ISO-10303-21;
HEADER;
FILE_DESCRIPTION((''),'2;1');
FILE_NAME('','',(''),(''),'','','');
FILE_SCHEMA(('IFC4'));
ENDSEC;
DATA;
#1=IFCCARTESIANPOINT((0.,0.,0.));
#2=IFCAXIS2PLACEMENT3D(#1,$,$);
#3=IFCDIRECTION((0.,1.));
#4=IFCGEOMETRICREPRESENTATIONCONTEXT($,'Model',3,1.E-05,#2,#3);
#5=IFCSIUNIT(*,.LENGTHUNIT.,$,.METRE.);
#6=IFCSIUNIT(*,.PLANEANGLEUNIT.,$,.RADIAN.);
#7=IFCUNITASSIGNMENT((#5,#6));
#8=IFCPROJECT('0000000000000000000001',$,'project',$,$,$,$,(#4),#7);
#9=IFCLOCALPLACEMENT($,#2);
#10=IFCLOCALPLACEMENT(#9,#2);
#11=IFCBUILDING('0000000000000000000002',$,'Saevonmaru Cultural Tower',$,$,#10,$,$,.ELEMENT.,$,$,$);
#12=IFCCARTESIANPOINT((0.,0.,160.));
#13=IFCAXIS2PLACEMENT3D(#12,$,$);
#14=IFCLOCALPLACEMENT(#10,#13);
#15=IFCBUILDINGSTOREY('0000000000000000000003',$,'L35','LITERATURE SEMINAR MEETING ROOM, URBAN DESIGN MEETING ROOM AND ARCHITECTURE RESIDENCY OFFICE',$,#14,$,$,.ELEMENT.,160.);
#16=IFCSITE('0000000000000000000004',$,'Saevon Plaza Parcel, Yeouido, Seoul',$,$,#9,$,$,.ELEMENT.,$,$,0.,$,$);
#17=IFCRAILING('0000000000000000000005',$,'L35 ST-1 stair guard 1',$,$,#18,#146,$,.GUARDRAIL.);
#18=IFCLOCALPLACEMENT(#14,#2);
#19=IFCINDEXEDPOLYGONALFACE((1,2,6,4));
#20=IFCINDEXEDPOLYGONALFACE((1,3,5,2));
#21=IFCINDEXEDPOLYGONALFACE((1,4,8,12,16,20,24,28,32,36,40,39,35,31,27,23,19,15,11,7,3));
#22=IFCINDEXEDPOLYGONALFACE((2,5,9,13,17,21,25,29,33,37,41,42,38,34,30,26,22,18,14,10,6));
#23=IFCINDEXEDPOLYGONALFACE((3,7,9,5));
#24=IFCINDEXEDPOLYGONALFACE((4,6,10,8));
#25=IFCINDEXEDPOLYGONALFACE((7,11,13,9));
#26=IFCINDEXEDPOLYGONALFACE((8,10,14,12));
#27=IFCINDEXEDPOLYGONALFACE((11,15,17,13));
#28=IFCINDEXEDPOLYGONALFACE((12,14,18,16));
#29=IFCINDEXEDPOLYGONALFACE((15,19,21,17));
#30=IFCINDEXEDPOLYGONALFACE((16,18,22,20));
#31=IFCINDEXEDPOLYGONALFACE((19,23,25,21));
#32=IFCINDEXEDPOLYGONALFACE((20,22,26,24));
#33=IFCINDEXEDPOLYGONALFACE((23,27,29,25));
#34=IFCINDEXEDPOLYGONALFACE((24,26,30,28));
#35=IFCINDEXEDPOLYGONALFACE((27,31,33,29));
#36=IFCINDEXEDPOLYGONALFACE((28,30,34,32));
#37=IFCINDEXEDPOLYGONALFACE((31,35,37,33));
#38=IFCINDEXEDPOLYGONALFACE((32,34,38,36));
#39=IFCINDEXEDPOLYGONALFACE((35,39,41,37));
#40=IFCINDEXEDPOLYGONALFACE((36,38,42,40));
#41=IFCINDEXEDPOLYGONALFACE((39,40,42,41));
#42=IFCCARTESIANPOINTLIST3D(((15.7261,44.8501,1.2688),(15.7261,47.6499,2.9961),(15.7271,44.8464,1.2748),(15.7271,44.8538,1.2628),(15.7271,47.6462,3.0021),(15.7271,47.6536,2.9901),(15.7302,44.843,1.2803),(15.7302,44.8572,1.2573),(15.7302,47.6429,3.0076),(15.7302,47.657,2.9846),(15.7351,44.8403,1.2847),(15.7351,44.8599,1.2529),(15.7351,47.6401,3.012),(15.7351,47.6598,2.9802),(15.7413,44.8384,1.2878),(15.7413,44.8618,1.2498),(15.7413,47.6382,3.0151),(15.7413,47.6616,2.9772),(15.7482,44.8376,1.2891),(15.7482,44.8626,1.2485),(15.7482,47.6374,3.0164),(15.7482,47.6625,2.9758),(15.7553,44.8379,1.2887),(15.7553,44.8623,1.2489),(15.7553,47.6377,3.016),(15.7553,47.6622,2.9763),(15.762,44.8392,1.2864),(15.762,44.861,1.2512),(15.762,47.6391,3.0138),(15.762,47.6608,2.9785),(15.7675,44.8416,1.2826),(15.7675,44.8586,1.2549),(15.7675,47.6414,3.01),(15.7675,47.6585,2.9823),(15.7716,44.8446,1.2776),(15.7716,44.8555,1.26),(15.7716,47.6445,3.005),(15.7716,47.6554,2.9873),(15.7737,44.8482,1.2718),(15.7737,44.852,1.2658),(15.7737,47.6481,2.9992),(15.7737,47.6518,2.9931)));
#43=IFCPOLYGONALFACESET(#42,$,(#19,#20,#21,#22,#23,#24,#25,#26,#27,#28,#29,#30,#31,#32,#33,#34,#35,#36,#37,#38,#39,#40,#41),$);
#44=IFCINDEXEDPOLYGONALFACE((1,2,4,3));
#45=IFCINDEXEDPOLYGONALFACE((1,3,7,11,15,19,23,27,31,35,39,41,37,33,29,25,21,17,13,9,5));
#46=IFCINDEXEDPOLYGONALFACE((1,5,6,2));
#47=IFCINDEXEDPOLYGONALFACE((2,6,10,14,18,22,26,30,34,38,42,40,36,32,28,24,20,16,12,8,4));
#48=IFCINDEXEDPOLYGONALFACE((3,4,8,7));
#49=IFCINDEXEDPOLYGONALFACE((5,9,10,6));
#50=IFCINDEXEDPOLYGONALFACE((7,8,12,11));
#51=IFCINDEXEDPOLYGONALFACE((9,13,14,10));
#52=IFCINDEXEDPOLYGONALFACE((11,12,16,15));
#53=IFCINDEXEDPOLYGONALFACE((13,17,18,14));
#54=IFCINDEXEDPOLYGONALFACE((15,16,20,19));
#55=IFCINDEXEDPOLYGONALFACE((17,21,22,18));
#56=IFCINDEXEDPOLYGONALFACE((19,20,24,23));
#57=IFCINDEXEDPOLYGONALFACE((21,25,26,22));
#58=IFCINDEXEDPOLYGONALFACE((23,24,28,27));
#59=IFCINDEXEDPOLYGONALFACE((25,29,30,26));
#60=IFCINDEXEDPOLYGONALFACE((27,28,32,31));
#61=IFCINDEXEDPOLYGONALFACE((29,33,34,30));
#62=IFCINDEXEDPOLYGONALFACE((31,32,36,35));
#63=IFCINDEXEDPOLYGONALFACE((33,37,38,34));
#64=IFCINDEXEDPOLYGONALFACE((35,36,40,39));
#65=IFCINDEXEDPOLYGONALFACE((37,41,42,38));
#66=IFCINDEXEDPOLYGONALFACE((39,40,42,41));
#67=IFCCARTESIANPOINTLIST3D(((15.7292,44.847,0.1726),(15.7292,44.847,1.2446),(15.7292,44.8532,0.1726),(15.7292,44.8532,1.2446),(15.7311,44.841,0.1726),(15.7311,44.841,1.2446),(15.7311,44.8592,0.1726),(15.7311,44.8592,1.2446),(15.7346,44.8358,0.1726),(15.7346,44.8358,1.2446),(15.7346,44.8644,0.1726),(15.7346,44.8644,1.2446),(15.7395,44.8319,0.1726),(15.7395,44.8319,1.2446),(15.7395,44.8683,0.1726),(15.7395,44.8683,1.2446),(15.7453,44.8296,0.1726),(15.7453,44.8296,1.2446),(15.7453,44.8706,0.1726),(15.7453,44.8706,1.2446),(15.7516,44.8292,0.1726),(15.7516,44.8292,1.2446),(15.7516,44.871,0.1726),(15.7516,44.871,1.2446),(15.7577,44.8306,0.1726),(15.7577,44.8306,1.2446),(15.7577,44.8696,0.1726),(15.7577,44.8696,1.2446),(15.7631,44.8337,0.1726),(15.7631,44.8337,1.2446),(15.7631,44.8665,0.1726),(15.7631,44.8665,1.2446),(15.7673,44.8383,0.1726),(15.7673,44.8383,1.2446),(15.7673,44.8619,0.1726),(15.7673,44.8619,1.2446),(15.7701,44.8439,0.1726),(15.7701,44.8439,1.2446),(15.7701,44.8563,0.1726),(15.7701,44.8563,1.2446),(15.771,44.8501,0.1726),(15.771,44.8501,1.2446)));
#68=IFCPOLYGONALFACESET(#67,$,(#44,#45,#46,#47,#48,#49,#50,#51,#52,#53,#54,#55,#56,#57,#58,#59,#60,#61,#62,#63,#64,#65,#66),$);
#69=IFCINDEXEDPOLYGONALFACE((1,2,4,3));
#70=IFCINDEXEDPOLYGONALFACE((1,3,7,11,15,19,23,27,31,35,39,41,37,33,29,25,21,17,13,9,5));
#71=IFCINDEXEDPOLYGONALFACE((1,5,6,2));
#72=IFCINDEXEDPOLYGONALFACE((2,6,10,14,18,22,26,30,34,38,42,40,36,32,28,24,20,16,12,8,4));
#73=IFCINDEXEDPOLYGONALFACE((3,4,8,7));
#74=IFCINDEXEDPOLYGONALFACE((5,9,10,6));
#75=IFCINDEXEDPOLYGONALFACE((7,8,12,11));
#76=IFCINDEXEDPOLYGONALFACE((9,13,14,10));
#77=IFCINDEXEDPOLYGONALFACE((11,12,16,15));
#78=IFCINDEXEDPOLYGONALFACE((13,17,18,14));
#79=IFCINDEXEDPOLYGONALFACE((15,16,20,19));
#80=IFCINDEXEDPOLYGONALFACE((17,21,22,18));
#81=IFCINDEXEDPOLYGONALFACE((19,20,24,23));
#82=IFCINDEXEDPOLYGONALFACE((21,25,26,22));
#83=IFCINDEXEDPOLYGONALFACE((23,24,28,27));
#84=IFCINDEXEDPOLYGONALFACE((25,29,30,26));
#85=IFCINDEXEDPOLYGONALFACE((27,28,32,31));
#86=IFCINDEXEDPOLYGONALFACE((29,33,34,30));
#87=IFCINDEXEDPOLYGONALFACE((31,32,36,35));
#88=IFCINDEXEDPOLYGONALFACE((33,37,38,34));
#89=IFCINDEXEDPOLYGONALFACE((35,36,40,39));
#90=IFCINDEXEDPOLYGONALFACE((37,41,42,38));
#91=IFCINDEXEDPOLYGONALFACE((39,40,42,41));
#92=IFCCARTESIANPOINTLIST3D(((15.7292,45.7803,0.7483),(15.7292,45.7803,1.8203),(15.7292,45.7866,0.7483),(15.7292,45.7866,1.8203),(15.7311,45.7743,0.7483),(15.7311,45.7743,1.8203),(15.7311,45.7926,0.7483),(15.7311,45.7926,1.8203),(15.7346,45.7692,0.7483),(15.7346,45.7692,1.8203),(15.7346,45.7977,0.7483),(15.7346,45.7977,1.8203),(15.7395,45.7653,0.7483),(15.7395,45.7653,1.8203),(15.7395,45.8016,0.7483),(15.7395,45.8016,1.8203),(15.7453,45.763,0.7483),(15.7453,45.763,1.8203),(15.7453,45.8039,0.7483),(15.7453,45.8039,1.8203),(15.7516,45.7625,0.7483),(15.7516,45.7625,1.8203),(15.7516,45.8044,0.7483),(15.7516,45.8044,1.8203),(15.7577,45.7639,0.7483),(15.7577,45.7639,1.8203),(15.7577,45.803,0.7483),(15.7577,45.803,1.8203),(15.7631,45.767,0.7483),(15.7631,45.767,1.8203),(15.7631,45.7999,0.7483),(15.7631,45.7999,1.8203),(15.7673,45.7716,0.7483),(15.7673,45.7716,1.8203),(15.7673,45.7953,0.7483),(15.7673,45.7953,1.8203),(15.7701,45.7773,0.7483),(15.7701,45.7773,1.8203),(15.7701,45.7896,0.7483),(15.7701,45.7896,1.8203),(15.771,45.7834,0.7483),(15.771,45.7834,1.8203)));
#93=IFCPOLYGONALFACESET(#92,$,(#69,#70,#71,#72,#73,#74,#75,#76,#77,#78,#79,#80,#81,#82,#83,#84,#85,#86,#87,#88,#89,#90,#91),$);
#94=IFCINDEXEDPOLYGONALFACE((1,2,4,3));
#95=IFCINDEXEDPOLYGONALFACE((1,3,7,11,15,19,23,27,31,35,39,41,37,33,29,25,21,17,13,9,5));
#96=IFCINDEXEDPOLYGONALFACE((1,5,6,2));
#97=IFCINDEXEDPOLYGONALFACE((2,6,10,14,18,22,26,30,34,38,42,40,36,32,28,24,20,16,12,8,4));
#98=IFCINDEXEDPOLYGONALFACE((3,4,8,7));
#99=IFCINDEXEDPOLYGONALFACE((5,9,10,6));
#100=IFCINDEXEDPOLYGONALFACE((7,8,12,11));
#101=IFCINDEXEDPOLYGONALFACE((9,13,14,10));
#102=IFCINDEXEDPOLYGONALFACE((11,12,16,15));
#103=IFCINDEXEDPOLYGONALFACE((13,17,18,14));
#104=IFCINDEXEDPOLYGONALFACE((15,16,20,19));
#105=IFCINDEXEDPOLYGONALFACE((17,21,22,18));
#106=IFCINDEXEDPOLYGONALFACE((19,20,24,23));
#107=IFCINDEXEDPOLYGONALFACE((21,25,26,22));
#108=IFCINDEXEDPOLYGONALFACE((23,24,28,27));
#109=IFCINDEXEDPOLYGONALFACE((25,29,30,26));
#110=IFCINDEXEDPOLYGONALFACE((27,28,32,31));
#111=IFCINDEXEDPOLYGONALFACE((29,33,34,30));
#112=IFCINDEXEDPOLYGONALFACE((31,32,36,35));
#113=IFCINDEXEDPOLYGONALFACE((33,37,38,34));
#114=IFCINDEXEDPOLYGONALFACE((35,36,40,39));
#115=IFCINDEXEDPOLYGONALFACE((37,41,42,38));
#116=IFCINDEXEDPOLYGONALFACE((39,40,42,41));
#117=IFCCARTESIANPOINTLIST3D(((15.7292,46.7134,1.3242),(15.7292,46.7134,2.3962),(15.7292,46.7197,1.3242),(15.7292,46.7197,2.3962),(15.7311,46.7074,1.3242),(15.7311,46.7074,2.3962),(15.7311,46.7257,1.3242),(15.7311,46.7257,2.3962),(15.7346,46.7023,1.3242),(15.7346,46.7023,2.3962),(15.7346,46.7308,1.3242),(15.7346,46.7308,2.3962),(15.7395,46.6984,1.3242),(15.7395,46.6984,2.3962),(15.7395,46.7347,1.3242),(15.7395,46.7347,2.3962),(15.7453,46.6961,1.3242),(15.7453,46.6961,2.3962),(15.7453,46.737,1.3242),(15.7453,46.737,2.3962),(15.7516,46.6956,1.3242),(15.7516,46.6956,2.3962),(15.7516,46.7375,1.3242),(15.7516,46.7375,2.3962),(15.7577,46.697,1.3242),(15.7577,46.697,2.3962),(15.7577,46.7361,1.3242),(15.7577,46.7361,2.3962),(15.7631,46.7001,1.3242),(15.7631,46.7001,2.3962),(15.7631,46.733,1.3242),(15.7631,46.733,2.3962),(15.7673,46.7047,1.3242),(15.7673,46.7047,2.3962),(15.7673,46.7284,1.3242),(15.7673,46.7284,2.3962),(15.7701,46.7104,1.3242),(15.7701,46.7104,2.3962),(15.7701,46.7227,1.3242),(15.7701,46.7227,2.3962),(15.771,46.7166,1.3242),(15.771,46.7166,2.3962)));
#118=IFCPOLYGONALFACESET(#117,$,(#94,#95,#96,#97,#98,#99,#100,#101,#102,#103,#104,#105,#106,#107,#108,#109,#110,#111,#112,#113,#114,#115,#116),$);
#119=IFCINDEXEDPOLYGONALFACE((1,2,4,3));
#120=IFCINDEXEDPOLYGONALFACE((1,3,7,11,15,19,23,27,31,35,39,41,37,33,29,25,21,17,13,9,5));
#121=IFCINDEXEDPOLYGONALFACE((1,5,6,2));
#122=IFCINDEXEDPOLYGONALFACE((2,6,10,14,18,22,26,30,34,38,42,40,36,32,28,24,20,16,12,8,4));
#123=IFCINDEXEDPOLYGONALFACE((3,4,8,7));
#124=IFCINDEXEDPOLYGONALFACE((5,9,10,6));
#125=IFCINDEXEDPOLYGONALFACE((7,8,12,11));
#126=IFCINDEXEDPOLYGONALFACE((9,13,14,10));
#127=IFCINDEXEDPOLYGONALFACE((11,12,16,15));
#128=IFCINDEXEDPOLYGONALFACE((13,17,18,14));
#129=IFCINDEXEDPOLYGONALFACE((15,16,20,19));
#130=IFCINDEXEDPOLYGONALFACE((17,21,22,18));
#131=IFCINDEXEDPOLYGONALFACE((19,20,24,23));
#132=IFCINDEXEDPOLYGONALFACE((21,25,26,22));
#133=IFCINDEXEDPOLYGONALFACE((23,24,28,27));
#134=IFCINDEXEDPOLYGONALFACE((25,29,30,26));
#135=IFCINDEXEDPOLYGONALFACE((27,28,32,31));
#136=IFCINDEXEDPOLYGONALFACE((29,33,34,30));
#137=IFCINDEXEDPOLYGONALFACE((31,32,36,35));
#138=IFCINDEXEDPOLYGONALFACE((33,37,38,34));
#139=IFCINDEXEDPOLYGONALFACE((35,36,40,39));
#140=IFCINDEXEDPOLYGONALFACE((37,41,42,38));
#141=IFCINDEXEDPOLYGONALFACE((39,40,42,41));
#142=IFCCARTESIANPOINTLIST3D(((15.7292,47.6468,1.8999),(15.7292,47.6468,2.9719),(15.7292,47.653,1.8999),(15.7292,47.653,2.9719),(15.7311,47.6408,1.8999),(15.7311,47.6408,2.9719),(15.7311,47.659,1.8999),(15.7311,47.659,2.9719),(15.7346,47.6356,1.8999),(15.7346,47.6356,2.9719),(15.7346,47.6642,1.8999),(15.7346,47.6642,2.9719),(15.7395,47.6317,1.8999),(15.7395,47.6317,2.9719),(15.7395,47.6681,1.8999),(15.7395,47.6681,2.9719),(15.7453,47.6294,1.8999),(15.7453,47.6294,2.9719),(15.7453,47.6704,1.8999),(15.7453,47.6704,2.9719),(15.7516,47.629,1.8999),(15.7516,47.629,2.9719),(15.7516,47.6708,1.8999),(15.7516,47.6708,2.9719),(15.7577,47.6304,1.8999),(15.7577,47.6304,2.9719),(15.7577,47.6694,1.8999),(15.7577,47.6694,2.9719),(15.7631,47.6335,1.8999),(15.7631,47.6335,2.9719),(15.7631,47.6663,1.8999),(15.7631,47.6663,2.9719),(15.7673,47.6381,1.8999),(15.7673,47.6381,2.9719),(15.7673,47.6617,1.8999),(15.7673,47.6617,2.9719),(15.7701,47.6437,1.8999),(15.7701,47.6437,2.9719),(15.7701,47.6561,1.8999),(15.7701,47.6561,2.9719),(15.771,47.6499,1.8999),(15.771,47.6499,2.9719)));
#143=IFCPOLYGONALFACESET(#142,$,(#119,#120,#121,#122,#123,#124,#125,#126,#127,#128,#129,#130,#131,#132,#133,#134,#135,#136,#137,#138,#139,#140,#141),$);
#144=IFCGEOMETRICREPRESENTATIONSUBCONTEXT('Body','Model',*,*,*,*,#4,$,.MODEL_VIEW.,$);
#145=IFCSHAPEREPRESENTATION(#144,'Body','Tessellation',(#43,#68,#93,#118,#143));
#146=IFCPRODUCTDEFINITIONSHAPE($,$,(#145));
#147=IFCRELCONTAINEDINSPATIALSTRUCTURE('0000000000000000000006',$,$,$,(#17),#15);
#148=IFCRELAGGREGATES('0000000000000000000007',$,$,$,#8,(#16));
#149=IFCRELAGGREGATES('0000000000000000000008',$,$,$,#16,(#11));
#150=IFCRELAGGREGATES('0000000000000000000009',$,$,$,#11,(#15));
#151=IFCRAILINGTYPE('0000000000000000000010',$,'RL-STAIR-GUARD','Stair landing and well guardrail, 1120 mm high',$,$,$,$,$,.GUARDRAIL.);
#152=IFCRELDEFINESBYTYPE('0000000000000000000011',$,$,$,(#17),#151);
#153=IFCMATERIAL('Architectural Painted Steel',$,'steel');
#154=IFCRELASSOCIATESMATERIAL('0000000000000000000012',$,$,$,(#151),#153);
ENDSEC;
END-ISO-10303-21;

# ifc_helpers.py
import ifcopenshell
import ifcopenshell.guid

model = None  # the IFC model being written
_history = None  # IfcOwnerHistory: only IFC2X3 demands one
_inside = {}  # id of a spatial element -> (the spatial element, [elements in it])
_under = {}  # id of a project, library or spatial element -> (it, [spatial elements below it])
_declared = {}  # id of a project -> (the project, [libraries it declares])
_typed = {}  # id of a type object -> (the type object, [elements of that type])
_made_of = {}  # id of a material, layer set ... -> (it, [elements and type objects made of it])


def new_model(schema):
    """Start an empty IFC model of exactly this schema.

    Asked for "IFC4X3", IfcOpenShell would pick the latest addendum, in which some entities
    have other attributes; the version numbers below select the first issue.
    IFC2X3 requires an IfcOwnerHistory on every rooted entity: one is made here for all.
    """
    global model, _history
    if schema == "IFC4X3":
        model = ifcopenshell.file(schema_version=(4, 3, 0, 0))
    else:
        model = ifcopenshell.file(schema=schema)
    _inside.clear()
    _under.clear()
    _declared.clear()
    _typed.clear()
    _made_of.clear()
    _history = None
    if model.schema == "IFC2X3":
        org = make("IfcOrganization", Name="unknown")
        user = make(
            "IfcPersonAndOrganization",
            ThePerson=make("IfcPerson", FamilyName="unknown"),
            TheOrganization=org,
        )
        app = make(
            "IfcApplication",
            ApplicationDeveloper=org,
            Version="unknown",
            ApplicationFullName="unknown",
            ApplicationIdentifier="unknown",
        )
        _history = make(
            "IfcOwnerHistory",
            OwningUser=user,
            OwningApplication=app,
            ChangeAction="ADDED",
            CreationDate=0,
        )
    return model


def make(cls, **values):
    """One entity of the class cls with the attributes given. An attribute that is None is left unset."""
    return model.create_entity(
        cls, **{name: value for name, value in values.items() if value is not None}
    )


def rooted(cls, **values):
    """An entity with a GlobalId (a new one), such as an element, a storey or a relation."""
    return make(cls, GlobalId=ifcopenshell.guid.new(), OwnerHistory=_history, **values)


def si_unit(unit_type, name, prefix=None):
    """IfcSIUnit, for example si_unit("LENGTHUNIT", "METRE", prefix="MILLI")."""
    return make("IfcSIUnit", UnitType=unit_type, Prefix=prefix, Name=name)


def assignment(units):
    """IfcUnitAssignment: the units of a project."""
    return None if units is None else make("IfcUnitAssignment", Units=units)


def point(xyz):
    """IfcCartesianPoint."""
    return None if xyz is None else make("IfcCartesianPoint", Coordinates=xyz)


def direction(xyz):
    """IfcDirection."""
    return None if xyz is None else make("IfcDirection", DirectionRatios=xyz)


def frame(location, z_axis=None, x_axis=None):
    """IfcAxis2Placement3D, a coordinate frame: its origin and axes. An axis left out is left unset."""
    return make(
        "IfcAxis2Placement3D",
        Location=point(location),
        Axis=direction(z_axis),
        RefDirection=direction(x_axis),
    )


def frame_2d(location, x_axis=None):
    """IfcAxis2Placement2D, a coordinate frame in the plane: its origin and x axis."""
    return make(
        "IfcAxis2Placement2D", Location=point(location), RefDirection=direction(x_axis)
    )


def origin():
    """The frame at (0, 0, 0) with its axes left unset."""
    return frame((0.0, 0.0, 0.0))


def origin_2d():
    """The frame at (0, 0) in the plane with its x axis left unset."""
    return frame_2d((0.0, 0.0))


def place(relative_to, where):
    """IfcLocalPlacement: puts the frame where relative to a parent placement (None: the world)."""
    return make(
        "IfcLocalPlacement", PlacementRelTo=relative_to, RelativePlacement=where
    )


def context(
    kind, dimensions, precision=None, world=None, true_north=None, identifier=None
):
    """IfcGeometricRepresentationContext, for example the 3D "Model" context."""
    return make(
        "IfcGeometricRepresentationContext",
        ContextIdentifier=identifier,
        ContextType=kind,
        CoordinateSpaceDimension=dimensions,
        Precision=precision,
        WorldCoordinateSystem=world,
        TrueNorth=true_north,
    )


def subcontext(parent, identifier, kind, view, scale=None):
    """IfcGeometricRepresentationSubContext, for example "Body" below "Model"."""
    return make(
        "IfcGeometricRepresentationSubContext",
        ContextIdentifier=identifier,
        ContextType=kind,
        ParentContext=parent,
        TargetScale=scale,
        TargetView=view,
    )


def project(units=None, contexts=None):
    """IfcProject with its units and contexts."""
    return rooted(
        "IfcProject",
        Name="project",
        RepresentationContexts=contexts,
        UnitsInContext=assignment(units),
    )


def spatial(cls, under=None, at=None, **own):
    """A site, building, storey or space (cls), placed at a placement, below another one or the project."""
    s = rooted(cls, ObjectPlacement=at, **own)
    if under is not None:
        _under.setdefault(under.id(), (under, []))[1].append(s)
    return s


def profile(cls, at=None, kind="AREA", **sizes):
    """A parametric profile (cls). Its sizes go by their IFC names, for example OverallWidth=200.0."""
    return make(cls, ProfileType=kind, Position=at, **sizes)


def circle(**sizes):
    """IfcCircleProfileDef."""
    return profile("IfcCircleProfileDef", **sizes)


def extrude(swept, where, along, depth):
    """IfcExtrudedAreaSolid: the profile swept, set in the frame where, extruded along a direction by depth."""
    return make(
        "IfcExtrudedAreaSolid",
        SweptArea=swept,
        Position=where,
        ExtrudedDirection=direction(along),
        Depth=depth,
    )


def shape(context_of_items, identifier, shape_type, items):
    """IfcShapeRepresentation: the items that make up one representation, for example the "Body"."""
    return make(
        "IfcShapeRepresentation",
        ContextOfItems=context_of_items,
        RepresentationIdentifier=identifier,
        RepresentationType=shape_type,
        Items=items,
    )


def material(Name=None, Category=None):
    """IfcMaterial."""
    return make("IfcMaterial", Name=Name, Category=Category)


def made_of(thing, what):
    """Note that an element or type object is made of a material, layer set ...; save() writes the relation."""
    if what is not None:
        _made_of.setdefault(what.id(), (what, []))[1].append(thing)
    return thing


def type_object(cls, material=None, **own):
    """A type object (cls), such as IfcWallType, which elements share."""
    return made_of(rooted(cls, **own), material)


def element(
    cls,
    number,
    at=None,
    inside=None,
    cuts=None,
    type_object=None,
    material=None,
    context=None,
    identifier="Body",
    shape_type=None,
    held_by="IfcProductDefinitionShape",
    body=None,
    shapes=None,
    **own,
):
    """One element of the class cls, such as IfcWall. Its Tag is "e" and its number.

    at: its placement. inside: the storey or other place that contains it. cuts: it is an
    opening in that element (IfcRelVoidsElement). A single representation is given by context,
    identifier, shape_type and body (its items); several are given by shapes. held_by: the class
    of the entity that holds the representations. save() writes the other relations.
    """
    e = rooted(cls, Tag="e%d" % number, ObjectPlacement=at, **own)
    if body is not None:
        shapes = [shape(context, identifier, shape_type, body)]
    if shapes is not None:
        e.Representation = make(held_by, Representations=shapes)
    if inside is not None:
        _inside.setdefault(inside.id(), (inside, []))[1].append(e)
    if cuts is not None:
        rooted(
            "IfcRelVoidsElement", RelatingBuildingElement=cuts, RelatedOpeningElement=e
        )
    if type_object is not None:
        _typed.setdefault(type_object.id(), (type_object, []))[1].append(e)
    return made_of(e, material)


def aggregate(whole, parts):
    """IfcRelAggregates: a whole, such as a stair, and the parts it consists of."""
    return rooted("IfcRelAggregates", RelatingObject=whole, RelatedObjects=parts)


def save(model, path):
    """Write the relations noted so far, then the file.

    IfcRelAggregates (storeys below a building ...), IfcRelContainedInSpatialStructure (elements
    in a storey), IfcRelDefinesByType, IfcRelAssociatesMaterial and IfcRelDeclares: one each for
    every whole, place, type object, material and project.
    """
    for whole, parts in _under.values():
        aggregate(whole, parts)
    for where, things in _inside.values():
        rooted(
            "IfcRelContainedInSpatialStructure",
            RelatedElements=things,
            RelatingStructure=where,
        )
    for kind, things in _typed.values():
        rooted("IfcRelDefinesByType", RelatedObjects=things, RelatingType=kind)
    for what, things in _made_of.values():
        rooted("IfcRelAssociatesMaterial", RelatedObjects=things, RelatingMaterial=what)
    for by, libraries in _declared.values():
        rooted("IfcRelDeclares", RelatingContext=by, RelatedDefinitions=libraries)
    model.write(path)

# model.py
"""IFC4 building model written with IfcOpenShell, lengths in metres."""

from ifc_helpers import new_model, si_unit, direction, frame, origin, origin_2d, place, context, subcontext, project, spatial, circle, extrude, material, type_object, element, save


model = new_model("IFC4")

# Units and contexts
model_context = context("Model", 3, precision=1e-05, world=origin(), true_north=direction((0.0, 1.0)))
body_context = subcontext(model_context, "Body", "Model", "MODEL_VIEW")
ifc_project = project(units=[si_unit("LENGTHUNIT", "METRE"), si_unit("PLANEANGLEUNIT", "RADIAN")], contexts=[model_context])

# Site, building, storey
site_placement = place(None, origin())
site = spatial("IfcSite", under=ifc_project, at=site_placement, Name="Saevon Plaza Parcel, Yeouido, Seoul", CompositionType="ELEMENT", RefElevation=0.0)
building_placement = place(site_placement, origin())
building = spatial("IfcBuilding", under=site, at=building_placement, Name="Saevonmaru Cultural Tower", CompositionType="ELEMENT")
storey_placement = place(building_placement, frame((0.0, 0.0, 160.0)))
storey = spatial("IfcBuildingStorey", under=building, at=storey_placement, Name="L35", Description="LITERATURE SEMINAR MEETING ROOM, URBAN DESIGN MEETING ROOM AND ARCHITECTURE RESIDENCY OFFICE", CompositionType="ELEMENT", Elevation=160.0)

# Railing
ifc_material_1 = material(Name="Architectural Painted Steel", Category="steel")
railing_type_1 = type_object("IfcRailingType", Name="RL-STAIR-GUARD", Description="Stair landing and well guardrail, 1120 mm high", PredefinedType="GUARDRAIL", material=ifc_material_1)
railing_1_placement = place(storey_placement, frame((15.75, 44.8501, 0.1726)))
element("IfcRailing", 1, at=railing_1_placement, inside=storey, type_object=railing_type_1, Name="L35 ST-1 stair guard 1", PredefinedType="GUARDRAIL", context=body_context, shape_type="SweptSolid", body=[
    extrude(circle(Radius=0.0239, at=origin_2d()), frame((0.0, 0.0, 1.0962), z_axis=(0.0, 0.851069, 0.525054), x_axis=(-1.0, 0.0, 0.0)), (0.0, 0.0, 1.0), 3.2898),
    extrude(circle(Radius=0.021, at=origin_2d()), origin(), (0.0, 0.0, 1.0), 1.072),
    extrude(circle(Radius=0.021, at=origin_2d()), frame((0.0, 0.9333, 0.5757)), (0.0, 0.0, 1.0), 1.072),
    extrude(circle(Radius=0.021, at=origin_2d()), frame((0.0, 1.8665, 1.1516)), (0.0, 0.0, 1.0), 1.072),
    extrude(circle(Radius=0.021, at=origin_2d()), frame((0.0, 2.7998, 1.7273)), (0.0, 0.0, 1.0), 1.072),
])

save(model, "model.ifc")
